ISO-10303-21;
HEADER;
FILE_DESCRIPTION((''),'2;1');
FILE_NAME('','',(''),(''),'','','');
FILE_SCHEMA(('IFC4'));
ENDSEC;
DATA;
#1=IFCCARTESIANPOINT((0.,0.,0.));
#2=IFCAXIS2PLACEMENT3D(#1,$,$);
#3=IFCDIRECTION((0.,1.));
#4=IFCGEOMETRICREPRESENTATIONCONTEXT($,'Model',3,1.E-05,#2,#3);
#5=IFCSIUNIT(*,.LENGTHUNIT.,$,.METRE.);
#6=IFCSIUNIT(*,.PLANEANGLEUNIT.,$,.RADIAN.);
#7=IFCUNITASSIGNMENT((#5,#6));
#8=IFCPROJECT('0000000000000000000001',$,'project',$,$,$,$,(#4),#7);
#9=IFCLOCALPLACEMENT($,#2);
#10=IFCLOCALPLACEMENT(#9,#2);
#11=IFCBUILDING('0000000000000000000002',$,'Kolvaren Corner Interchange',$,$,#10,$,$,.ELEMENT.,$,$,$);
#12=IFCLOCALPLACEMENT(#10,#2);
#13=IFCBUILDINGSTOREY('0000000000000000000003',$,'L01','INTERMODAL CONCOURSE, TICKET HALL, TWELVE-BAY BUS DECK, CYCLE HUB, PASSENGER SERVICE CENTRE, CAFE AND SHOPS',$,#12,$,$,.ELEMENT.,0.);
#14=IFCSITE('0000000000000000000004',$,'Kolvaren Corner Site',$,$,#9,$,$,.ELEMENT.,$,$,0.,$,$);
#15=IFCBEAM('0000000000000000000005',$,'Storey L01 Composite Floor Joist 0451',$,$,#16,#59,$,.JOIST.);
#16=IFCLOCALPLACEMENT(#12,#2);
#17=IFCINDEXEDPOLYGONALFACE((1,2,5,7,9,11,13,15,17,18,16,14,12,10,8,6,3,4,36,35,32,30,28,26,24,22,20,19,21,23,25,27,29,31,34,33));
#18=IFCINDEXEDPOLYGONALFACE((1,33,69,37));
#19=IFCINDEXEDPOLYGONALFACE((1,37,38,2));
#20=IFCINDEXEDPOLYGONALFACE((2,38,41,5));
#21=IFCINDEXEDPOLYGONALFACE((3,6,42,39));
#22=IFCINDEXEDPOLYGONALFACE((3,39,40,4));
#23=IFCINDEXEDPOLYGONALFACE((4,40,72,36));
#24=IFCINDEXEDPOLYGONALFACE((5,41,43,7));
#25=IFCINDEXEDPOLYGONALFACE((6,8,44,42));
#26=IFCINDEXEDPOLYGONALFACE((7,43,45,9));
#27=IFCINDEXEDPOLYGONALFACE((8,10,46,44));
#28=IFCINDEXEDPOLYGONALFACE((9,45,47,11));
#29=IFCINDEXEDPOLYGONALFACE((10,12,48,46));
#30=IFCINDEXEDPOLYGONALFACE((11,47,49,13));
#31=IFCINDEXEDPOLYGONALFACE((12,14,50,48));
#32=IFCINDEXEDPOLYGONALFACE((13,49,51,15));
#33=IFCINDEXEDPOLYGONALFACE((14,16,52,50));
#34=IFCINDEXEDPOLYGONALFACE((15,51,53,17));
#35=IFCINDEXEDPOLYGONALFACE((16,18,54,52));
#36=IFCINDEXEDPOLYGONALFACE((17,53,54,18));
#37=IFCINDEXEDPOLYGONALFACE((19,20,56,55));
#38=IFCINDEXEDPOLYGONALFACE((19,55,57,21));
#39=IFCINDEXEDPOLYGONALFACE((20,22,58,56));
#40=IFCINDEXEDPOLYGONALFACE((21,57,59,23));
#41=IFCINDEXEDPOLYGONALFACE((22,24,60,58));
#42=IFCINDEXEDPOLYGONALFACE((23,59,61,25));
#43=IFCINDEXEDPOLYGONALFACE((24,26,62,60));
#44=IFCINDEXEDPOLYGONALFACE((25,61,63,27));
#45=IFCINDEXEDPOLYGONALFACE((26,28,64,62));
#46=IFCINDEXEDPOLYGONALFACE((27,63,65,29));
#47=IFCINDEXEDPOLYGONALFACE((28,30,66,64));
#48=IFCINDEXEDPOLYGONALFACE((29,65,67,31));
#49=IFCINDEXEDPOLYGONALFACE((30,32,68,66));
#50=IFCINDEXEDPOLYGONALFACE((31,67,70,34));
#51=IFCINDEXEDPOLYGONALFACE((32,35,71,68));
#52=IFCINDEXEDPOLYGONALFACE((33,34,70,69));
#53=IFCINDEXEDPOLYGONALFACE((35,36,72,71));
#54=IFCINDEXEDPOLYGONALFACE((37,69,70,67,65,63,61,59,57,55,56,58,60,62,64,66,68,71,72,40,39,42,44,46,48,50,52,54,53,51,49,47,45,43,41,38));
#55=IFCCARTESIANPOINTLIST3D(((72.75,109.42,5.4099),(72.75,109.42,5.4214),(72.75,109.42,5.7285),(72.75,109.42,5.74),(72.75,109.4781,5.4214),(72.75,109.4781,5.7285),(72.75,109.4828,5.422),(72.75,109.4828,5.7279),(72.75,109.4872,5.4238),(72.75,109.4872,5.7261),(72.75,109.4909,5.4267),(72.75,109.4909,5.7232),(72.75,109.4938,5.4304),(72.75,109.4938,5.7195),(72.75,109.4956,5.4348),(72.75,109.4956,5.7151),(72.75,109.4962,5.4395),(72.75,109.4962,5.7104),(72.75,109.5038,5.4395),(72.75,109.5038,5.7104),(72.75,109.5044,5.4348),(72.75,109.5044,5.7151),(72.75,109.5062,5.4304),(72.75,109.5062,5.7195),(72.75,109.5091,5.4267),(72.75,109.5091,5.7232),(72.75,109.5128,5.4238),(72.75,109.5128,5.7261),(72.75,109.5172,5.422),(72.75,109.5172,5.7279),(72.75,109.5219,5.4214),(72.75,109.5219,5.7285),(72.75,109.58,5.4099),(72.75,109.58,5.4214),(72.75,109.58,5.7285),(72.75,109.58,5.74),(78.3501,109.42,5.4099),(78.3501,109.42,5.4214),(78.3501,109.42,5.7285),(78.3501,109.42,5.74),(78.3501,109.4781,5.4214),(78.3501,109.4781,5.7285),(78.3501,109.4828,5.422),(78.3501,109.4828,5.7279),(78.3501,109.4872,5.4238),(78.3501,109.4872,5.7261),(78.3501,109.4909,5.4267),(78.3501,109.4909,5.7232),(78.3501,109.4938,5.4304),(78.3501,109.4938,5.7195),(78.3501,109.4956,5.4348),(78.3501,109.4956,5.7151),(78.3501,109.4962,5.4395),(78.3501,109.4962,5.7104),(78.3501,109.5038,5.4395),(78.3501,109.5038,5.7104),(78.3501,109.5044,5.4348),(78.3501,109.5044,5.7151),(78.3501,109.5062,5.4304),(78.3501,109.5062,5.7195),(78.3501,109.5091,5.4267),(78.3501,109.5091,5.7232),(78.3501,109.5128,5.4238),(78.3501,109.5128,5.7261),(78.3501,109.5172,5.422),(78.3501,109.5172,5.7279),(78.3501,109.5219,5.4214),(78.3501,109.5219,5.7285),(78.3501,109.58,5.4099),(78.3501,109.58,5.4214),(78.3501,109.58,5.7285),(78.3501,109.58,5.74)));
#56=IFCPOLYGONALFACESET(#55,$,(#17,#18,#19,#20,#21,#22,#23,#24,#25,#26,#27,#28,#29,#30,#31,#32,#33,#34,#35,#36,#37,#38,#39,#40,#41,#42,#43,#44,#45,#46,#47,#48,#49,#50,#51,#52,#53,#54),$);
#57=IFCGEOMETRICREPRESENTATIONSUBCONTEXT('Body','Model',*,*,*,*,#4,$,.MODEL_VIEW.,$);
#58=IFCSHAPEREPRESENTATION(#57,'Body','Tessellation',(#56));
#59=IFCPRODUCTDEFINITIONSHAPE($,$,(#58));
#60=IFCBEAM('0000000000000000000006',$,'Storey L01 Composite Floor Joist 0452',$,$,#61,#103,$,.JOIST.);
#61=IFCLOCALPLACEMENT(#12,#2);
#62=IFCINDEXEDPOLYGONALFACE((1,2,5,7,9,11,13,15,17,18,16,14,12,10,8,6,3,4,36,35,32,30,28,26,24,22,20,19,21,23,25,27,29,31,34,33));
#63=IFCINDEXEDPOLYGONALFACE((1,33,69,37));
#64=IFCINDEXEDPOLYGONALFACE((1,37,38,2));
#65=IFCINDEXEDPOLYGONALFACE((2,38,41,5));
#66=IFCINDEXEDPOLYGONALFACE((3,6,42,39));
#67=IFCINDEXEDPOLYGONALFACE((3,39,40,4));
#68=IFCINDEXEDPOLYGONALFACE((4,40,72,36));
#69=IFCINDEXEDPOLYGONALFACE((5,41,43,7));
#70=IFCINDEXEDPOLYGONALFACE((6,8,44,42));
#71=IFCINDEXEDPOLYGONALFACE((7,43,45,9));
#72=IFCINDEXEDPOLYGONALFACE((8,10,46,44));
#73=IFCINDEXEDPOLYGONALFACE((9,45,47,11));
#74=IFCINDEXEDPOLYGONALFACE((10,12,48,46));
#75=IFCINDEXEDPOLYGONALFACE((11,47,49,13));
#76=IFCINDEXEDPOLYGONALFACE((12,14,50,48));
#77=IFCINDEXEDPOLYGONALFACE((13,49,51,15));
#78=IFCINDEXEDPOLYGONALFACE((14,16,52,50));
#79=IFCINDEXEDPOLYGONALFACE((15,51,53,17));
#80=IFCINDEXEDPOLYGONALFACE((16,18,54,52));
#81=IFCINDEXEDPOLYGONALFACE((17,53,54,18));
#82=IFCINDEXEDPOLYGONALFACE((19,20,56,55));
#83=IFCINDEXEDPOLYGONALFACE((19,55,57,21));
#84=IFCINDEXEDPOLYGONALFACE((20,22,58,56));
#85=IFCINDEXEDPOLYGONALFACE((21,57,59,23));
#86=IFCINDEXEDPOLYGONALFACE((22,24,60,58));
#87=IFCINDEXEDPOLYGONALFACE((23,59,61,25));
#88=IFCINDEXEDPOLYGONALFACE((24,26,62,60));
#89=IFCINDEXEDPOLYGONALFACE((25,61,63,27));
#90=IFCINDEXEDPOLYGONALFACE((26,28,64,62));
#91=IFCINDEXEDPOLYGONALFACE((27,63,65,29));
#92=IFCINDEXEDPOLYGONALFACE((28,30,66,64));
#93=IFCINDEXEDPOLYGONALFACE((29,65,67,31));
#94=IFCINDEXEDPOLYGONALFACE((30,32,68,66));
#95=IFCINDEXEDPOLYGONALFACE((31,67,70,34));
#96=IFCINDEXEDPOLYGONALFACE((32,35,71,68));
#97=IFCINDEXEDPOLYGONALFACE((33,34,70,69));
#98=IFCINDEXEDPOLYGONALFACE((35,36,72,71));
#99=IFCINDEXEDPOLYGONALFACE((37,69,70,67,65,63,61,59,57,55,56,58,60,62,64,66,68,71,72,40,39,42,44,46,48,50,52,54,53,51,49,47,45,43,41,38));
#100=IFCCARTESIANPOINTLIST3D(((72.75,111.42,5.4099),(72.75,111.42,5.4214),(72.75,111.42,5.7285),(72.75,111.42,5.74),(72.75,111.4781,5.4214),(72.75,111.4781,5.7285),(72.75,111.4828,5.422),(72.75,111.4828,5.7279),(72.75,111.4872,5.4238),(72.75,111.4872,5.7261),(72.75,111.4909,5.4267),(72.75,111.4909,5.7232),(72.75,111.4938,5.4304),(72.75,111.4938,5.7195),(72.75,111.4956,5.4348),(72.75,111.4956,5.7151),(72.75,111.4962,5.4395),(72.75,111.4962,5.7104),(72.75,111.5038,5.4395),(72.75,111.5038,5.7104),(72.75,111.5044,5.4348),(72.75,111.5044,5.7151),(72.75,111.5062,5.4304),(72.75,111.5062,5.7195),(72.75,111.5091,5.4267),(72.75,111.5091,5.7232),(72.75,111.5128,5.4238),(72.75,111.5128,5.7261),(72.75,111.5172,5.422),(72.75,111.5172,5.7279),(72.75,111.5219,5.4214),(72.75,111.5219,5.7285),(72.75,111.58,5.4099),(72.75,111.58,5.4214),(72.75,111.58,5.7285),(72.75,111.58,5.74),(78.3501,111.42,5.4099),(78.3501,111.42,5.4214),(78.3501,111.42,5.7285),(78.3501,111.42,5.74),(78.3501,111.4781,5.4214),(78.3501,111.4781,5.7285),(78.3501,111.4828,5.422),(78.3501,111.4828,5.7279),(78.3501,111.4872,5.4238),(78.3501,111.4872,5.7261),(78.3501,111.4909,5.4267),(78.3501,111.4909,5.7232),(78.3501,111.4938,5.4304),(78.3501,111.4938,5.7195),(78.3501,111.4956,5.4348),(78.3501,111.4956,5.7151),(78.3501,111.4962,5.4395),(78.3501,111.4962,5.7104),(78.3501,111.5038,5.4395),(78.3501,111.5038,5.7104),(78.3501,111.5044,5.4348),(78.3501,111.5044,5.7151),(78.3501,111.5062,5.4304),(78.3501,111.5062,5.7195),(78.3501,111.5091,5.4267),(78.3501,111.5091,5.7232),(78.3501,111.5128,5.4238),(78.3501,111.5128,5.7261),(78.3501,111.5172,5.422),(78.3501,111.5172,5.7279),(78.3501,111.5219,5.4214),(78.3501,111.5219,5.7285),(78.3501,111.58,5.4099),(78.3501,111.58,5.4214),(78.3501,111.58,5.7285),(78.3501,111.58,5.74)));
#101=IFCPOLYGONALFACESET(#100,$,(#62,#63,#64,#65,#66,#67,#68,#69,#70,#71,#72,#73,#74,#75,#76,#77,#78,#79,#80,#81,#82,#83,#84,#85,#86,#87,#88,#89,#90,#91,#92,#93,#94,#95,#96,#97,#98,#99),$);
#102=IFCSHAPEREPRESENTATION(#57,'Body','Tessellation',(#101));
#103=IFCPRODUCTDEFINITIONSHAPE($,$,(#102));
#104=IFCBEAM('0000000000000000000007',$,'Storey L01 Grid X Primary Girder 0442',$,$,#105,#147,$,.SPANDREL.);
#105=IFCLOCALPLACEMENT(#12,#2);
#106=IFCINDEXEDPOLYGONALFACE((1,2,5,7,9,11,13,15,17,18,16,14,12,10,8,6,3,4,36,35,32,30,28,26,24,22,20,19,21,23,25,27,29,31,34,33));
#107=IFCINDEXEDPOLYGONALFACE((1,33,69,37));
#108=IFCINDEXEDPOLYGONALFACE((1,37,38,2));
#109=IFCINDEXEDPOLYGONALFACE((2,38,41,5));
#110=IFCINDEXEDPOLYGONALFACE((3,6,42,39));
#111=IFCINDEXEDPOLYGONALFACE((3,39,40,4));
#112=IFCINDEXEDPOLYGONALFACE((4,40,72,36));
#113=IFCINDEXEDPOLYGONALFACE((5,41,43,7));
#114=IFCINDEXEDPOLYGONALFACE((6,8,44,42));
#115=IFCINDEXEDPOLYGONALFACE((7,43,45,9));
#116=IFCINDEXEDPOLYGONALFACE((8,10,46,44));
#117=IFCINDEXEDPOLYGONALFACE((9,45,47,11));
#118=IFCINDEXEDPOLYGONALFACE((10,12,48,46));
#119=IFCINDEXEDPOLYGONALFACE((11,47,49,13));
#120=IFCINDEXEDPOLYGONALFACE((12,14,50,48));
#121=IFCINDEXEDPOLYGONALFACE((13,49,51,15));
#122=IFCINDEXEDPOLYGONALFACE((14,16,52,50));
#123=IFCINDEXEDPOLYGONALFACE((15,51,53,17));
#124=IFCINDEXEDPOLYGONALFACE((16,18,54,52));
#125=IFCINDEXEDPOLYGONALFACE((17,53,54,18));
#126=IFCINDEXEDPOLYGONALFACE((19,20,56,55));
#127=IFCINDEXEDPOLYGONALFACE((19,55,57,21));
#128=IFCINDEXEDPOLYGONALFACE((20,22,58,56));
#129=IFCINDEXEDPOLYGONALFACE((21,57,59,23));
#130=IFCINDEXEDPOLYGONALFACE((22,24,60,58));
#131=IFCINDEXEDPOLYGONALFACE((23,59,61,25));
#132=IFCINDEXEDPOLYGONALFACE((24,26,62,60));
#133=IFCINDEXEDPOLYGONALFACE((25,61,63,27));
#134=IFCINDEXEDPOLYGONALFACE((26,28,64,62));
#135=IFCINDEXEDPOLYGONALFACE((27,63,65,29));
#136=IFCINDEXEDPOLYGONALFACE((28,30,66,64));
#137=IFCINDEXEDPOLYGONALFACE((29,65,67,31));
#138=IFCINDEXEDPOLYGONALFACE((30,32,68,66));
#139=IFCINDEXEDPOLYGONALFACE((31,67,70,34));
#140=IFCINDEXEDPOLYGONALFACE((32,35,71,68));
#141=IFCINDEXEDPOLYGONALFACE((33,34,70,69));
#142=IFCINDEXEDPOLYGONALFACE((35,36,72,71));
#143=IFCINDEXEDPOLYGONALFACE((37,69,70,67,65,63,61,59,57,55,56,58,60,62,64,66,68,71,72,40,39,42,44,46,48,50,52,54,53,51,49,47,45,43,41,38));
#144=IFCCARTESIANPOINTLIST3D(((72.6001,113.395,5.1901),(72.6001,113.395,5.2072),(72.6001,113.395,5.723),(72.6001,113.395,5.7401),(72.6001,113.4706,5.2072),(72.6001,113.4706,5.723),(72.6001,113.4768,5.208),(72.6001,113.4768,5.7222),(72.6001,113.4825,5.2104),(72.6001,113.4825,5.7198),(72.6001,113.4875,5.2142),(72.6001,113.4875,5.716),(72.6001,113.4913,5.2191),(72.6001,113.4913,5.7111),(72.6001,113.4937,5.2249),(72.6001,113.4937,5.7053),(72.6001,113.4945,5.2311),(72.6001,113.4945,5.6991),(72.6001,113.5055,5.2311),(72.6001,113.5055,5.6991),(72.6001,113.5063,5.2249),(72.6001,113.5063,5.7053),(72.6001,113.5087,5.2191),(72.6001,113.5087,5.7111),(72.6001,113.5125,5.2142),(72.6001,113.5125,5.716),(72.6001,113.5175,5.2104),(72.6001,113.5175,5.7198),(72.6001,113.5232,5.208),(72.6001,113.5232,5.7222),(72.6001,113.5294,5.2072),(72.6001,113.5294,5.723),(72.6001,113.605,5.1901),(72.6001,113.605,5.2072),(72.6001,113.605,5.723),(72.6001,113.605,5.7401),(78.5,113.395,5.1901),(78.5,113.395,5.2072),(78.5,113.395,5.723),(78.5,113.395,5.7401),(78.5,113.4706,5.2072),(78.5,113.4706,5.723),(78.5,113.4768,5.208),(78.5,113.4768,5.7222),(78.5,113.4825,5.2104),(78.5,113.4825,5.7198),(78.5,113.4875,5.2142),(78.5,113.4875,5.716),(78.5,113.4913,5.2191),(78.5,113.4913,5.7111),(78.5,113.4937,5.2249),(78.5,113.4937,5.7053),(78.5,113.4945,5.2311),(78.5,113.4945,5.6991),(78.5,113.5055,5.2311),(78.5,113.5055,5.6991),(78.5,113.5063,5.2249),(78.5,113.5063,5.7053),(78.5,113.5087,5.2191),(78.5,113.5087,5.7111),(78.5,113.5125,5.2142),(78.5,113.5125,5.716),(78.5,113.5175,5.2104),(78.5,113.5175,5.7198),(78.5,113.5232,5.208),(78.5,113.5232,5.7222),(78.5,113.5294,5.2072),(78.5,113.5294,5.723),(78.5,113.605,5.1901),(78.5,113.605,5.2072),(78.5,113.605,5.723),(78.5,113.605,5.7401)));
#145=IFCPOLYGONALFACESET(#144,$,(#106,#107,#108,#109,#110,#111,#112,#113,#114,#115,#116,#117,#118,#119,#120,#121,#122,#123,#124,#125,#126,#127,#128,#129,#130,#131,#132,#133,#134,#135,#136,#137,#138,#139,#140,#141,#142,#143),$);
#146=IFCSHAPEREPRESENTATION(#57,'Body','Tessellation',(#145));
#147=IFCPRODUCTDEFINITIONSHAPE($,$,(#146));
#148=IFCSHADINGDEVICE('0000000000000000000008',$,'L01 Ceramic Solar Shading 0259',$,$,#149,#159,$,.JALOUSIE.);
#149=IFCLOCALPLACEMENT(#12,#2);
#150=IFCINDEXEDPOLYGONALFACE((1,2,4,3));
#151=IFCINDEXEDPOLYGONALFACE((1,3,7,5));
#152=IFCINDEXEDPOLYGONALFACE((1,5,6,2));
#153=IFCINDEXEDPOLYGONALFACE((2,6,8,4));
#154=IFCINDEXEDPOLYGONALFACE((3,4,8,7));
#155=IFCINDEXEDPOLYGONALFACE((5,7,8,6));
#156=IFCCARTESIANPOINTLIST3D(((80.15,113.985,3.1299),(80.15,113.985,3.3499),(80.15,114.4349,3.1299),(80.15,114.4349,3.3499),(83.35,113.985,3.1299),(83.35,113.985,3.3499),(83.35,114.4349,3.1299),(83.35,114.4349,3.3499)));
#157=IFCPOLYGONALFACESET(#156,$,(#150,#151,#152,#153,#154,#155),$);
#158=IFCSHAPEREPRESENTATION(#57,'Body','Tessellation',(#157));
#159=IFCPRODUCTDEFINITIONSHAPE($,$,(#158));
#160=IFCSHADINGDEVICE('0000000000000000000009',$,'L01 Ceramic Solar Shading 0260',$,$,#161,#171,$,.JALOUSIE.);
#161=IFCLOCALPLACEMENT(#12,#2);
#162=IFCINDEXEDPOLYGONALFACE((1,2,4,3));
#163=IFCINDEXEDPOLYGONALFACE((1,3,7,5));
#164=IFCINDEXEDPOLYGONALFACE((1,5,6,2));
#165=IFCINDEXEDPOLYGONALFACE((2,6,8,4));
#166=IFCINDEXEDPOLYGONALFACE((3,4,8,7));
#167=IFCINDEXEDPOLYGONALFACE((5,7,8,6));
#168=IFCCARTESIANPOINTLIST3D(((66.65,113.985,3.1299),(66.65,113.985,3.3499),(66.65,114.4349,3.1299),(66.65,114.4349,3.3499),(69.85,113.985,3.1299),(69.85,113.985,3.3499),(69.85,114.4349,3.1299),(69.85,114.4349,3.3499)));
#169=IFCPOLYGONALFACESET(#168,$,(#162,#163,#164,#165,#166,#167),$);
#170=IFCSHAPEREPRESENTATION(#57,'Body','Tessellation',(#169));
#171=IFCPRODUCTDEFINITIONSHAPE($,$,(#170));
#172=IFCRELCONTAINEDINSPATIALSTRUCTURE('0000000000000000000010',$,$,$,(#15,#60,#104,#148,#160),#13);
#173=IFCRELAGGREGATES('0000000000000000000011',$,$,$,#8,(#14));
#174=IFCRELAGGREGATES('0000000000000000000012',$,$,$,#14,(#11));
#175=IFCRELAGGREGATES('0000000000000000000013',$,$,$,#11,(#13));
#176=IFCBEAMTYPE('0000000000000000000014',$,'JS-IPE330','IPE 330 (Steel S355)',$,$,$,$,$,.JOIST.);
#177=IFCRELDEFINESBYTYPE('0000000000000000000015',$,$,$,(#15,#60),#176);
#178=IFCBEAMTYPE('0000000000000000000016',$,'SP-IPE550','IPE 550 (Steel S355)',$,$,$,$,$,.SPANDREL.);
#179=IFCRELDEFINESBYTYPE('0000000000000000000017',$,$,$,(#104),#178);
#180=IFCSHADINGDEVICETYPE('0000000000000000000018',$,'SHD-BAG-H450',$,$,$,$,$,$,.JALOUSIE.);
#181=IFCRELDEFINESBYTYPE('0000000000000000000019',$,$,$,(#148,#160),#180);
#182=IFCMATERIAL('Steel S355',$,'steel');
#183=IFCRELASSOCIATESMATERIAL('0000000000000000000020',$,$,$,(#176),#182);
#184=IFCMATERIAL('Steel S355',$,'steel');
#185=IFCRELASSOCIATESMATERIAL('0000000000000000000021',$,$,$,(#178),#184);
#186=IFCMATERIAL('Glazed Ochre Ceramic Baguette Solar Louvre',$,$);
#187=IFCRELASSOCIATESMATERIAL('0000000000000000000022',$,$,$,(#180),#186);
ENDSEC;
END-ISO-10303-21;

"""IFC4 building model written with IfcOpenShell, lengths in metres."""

from ifc_helpers import new_model, si_unit, direction, frame, origin, origin_2d, place, context, subcontext, project, spatial, rectangle, i_section, extrude, material, material_profile, profile_set, type_object, element, save


model = new_model("IFC4")

# Units and contexts
model_context = context("Model", 3, precision=1e-05, world=origin(), true_north=direction((0.0, 1.0)))
body_context = subcontext(model_context, "Body", "Model", "MODEL_VIEW")
ifc_project = project(units=[si_unit("LENGTHUNIT", "METRE"), si_unit("PLANEANGLEUNIT", "RADIAN")], contexts=[model_context])

# Site, building, storey
site_placement = place(None, origin())
site = spatial("IfcSite", under=ifc_project, at=site_placement, Name="Kolvaren Corner Site", CompositionType="ELEMENT", RefElevation=0.0)
building_placement = place(site_placement, origin())
building = spatial("IfcBuilding", under=site, at=building_placement, Name="Kolvaren Corner Interchange", CompositionType="ELEMENT")
storey_placement = place(building_placement, origin())
storey = spatial("IfcBuildingStorey", under=building, at=storey_placement, Name="L01", Description="INTERMODAL CONCOURSE, TICKET HALL, TWELVE-BAY BUS DECK, CYCLE HUB, PASSENGER SERVICE CENTRE, CAFE AND SHOPS", CompositionType="ELEMENT", Elevation=0.0)

# Beams
ifc_material_1 = material(Name="Steel S355", Category="steel")
ifc_material_profile_1 = material_profile(ifc_material_1, i_section(OverallWidth=0.1599, OverallDepth=0.3301, WebThickness=0.0076, FlangeThickness=0.0115, FilletRadius=0.0181, at=origin_2d()), Name="IPE 330")
ifc_profile_set_1 = profile_set([ifc_material_profile_1], Name="Steel S355")
beam_type_1 = type_object("IfcBeamType", Name="JS-IPE330", Description="IPE 330 (Steel S355)", PredefinedType="JOIST", material=ifc_profile_set_1)
for number, where, z_axis, x_axis, name in (
    (1, (72.75, 109.5, 5.575), (1.0, 0.0, 0.0), (0.0, 1.0, 0.0), "Storey L01 Composite Floor Joist 0451"),
    (2, (72.75, 111.5, 5.575), (1.0, 0.0, 0.0), (0.0, 1.0, 0.0), "Storey L01 Composite Floor Joist 0452"),
):
    element("IfcBeam", number, at=place(storey_placement, frame(where, z_axis=z_axis, x_axis=x_axis)), inside=storey, type_object=beam_type_1, Name=name, PredefinedType="JOIST", context=body_context, shape_type="SweptSolid", body=[
        extrude(i_section(OverallWidth=0.1599, OverallDepth=0.3301, WebThickness=0.0076, FlangeThickness=0.0115, FilletRadius=0.0181, at=origin_2d()), origin(), (0.0, 0.0, 1.0), 5.6001),
    ])
ifc_material_2 = material(Name="Steel S355", Category="steel")
ifc_material_profile_2 = material_profile(ifc_material_2, i_section(OverallWidth=0.21, OverallDepth=0.55, WebThickness=0.011, FlangeThickness=0.0171, FilletRadius=0.0239, at=origin_2d()), Name="IPE 550")
ifc_profile_set_2 = profile_set([ifc_material_profile_2], Name="Steel S355")
beam_type_2 = type_object("IfcBeamType", Name="SP-IPE550", Description="IPE 550 (Steel S355)", PredefinedType="SPANDREL", material=ifc_profile_set_2)
beam_1_placement = place(storey_placement, frame((72.6001, 113.5, 5.4651), z_axis=(1.0, 0.0, 0.0), x_axis=(0.0, 1.0, 0.0)))
element("IfcBeam", 3, at=beam_1_placement, inside=storey, type_object=beam_type_2, Name="Storey L01 Grid X Primary Girder 0442", PredefinedType="SPANDREL", context=body_context, shape_type="SweptSolid", body=[
    extrude(i_section(OverallWidth=0.21, OverallDepth=0.55, WebThickness=0.011, FlangeThickness=0.0171, FilletRadius=0.0239, at=origin_2d()), origin(), (0.0, 0.0, 1.0), 5.8999),
])

# Shading devices
ifc_material_3 = material(Name="Glazed Ochre Ceramic Baguette Solar Louvre")
shading_device_type = type_object("IfcShadingDeviceType", Name="SHD-BAG-H450", PredefinedType="JALOUSIE", material=ifc_material_3)
for number, where, z_axis, x_axis, name in (
    (4, (81.75, 114.21, 3.1299), (0.0, 0.0, 1.0), (-1.0, 0.0, 0.0), "L01 Ceramic Solar Shading 0259"),
    (5, (68.25, 114.21, 3.1299), (0.0, 0.0, 1.0), (-1.0, 0.0, 0.0), "L01 Ceramic Solar Shading 0260"),
):
    element("IfcShadingDevice", number, at=place(storey_placement, frame(where, z_axis=z_axis, x_axis=x_axis)), inside=storey, type_object=shading_device_type, Name=name, PredefinedType="JALOUSIE", context=body_context, shape_type="SweptSolid", body=[
        extrude(rectangle(XDim=3.2, YDim=0.45, at=origin_2d()), origin(), (0.0, 0.0, 1.0), 0.22),
    ])

save(model, "model.ifc")
